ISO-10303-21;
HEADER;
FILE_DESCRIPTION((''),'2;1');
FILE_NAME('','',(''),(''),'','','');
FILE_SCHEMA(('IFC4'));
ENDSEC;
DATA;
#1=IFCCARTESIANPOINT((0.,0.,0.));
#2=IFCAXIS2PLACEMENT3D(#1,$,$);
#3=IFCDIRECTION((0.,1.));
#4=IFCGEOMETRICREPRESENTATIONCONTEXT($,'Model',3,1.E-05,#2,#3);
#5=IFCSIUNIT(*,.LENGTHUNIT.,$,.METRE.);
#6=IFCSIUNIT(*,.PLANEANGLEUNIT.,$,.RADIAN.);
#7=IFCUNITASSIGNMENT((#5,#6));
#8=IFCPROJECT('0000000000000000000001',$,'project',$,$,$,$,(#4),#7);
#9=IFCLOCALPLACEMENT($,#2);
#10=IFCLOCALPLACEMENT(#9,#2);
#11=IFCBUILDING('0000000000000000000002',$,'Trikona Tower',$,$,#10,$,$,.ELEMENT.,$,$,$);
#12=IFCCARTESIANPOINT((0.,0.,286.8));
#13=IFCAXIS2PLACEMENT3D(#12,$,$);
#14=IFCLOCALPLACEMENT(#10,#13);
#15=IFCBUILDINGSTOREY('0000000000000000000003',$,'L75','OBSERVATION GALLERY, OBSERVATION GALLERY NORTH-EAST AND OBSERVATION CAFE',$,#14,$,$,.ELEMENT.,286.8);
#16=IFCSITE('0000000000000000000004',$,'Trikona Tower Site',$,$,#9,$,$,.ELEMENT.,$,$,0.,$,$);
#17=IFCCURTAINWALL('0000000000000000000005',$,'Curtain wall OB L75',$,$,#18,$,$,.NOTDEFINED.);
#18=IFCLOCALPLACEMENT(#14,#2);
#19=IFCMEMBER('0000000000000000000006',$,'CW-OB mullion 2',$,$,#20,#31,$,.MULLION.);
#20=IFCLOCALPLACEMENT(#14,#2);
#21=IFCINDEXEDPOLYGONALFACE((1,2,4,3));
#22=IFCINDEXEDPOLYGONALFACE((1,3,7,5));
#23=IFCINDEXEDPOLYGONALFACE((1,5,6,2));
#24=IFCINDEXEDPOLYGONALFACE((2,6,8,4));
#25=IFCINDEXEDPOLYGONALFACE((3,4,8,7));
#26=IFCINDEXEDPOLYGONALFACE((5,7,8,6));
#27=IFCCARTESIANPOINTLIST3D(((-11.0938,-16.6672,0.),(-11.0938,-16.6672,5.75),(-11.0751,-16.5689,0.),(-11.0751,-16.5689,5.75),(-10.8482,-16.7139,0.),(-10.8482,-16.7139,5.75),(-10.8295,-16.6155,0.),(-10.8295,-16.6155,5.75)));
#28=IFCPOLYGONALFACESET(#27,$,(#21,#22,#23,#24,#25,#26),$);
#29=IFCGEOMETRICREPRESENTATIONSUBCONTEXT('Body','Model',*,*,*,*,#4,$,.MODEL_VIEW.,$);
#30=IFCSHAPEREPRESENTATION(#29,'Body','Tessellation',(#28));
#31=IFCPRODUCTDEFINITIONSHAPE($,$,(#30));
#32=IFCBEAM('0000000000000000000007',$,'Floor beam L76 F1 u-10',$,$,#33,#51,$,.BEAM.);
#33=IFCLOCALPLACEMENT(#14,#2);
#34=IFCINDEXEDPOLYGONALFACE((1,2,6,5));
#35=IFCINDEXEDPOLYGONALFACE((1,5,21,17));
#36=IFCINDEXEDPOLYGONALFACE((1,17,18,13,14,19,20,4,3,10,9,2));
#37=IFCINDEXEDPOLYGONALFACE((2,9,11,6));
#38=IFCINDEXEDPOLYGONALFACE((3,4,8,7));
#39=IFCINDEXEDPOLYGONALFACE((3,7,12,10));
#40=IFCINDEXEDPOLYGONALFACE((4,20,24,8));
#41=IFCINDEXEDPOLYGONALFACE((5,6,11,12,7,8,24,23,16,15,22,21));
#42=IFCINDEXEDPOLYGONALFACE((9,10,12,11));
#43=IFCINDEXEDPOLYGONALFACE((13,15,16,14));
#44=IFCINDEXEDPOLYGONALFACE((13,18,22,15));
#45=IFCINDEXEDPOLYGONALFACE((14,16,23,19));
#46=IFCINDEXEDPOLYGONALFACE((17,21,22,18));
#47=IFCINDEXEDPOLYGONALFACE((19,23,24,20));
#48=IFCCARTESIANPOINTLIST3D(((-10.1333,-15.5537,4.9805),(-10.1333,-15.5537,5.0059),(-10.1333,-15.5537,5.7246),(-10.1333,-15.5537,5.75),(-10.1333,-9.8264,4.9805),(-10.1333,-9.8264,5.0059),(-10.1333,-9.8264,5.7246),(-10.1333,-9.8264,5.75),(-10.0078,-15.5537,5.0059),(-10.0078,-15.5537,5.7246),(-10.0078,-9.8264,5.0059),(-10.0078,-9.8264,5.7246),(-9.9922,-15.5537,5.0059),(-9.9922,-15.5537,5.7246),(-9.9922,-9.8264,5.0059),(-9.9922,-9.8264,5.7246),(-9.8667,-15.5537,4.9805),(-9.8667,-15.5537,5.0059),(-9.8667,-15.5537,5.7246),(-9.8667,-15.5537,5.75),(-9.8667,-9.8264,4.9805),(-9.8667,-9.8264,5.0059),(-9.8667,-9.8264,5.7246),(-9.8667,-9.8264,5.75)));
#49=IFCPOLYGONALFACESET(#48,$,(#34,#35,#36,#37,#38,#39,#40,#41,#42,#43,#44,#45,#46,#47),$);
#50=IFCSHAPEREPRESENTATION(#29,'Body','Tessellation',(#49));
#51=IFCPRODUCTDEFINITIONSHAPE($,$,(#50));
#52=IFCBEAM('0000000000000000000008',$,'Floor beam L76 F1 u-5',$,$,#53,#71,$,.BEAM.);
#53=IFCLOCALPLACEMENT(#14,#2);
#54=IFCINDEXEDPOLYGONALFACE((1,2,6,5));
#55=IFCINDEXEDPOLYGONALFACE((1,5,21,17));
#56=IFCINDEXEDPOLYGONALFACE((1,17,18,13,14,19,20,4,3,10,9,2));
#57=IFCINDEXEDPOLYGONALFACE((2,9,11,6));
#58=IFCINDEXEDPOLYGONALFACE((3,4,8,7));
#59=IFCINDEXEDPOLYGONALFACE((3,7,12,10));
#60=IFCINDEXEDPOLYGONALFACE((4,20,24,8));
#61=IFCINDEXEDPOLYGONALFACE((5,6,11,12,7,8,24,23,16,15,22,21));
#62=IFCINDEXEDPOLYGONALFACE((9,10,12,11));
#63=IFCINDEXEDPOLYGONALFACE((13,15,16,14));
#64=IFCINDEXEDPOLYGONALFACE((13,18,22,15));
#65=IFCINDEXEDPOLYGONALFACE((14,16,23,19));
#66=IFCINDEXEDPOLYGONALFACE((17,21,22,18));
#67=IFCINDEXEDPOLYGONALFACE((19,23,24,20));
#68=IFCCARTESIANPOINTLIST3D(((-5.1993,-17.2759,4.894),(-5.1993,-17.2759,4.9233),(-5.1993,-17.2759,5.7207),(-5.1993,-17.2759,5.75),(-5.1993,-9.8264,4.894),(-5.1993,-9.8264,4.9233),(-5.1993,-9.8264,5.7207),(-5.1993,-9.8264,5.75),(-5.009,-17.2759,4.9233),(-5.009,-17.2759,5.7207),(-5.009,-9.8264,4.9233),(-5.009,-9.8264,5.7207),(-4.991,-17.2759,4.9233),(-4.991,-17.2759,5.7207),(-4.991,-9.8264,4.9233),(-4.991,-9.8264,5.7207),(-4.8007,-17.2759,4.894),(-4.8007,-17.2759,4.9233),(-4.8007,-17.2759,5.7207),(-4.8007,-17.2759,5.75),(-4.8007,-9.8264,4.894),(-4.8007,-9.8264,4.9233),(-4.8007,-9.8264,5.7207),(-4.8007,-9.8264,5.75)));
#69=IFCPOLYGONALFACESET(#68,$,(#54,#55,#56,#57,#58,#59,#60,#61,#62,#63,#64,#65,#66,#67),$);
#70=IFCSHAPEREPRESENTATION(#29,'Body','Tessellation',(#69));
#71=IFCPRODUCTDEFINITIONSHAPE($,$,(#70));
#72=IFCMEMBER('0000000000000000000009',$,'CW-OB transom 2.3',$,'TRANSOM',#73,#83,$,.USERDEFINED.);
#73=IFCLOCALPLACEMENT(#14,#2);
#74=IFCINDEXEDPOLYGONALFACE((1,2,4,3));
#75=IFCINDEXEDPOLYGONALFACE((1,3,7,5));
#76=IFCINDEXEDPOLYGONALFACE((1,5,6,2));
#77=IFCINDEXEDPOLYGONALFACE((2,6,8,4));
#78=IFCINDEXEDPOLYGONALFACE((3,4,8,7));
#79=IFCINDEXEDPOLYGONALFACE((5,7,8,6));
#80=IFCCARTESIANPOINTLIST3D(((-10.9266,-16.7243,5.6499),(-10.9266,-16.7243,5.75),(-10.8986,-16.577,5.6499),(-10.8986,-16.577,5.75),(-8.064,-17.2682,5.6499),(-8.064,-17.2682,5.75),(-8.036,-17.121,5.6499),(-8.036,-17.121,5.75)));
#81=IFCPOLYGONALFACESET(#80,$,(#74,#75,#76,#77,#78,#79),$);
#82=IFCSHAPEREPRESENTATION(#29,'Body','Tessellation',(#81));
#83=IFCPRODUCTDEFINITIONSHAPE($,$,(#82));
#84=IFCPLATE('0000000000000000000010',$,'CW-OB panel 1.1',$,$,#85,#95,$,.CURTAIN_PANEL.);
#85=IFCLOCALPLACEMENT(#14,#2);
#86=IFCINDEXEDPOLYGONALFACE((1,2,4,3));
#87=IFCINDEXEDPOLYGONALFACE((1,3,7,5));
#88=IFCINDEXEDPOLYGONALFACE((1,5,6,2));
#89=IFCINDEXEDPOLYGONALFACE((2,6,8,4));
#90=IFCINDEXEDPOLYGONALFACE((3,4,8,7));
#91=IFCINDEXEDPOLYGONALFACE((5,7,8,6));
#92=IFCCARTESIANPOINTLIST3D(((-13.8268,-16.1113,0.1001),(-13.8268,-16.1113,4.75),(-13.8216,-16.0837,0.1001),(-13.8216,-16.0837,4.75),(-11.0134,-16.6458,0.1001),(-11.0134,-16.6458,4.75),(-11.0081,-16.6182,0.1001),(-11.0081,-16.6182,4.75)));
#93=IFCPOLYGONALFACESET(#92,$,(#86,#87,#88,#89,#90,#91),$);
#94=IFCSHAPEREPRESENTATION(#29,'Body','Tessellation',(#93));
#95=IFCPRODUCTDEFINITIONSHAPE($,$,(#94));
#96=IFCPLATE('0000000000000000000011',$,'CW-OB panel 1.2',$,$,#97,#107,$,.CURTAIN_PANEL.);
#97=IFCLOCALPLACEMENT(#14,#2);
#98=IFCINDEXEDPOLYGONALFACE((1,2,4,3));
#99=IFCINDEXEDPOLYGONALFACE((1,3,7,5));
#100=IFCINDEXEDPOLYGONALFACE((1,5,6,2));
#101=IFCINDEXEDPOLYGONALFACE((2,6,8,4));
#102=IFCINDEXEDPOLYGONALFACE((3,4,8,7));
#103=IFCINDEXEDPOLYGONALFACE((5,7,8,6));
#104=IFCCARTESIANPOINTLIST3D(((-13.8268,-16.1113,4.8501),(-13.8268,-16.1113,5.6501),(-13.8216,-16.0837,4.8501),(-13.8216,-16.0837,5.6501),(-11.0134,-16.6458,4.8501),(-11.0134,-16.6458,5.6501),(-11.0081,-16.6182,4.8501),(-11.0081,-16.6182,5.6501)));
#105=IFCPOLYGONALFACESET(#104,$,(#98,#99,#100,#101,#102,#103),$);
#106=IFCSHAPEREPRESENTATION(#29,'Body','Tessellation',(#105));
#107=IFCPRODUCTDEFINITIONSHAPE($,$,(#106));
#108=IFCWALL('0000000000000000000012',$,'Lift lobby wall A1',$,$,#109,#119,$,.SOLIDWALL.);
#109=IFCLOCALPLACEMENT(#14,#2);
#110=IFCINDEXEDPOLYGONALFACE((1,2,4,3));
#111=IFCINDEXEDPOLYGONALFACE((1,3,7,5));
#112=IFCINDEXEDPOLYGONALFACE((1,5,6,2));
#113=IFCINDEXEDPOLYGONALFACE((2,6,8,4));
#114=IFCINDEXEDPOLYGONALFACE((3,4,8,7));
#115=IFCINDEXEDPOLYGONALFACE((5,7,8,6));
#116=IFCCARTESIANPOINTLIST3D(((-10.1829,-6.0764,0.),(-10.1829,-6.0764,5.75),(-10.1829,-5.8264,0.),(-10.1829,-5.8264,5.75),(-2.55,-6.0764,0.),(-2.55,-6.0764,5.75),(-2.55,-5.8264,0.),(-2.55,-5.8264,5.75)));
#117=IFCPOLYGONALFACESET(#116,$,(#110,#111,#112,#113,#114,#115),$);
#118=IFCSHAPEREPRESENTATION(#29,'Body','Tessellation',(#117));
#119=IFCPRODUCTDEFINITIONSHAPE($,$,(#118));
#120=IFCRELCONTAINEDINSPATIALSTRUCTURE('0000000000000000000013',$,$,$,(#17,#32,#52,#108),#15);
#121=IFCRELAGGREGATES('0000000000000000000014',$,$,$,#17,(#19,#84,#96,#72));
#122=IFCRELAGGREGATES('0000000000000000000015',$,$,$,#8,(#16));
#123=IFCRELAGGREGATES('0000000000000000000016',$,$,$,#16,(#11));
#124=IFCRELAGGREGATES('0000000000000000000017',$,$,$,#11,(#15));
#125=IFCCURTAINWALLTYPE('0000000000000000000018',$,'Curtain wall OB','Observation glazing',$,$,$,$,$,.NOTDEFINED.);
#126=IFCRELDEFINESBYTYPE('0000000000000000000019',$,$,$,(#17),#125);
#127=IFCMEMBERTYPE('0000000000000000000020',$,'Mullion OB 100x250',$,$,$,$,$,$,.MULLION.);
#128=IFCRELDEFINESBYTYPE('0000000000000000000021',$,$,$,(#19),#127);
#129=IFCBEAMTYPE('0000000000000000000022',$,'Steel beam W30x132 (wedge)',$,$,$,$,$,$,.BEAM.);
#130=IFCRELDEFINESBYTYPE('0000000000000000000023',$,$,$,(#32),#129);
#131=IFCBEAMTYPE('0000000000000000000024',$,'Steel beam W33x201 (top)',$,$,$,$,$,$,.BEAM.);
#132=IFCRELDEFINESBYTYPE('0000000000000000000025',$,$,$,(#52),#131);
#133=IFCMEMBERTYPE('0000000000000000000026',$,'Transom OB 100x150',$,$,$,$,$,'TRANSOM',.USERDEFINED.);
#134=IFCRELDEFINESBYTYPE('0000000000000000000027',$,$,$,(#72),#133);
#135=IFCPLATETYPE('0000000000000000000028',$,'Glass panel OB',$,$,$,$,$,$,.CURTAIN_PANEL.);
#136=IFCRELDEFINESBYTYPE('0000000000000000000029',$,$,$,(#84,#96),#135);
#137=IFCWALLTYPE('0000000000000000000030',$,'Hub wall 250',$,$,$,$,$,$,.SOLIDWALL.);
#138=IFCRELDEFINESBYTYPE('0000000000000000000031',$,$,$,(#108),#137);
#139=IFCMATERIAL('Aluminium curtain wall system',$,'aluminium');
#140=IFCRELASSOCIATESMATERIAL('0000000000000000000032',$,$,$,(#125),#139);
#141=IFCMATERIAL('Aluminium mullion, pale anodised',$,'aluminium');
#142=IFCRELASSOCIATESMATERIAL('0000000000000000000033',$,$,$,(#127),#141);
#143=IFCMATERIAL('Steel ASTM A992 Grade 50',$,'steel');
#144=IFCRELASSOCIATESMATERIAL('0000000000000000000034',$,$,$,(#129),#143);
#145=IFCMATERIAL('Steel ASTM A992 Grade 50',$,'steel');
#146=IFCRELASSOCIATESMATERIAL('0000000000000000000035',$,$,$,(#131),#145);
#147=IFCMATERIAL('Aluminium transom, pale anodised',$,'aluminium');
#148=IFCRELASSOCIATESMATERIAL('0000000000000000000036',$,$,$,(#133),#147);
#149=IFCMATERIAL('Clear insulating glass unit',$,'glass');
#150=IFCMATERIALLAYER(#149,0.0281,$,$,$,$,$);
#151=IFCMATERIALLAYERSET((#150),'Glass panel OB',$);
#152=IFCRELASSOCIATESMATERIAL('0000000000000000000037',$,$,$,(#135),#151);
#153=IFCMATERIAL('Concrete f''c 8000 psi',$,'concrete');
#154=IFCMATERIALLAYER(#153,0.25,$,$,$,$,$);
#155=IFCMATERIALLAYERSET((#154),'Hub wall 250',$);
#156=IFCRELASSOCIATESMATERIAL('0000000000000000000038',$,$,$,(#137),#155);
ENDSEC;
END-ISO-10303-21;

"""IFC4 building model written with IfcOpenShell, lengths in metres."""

from ifc_helpers import new_model, si_unit, direction, frame, frame_2d, origin, origin_2d, place, context, subcontext, project, spatial, rectangle, i_section, extrude, material, layer, layer_set, material_profile, profile_set, type_object, element, aggregate, save


model = new_model("IFC4")

# Units and contexts
model_context = context("Model", 3, precision=1e-05, world=origin(), true_north=direction((0.0, 1.0)))
body_context = subcontext(model_context, "Body", "Model", "MODEL_VIEW")
ifc_project = project(units=[si_unit("LENGTHUNIT", "METRE"), si_unit("PLANEANGLEUNIT", "RADIAN")], contexts=[model_context])

# Site, building, storey
site_placement = place(None, origin())
site = spatial("IfcSite", under=ifc_project, at=site_placement, Name="Trikona Tower Site", CompositionType="ELEMENT", RefElevation=0.0)
building_placement = place(site_placement, origin())
building = spatial("IfcBuilding", under=site, at=building_placement, Name="Trikona Tower", CompositionType="ELEMENT")
storey_placement = place(building_placement, frame((0.0, 0.0, 286.8)))
storey = spatial("IfcBuildingStorey", under=building, at=storey_placement, Name="L75", Description="OBSERVATION GALLERY, OBSERVATION GALLERY NORTH-EAST AND OBSERVATION CAFE", CompositionType="ELEMENT", Elevation=286.8)

# Curtain wall, member
ifc_material_1 = material(Name="Aluminium curtain wall system", Category="aluminium")
curtain_wall_type = type_object("IfcCurtainWallType", Name="Curtain wall OB", Description="Observation glazing", PredefinedType="NOTDEFINED", material=ifc_material_1)
curtain_wall_placement = place(storey_placement, origin())
curtain_wall = element("IfcCurtainWall", 1, at=curtain_wall_placement, inside=storey, type_object=curtain_wall_type, Name="Curtain wall OB L75", PredefinedType="NOTDEFINED")
ifc_material_2 = material(Name="Aluminium mullion, pale anodised", Category="aluminium")
ifc_material_profile_1 = material_profile(ifc_material_2, rectangle(XDim=0.1001, YDim=0.25, at=origin_2d()), Name="MUL-OB")
ifc_profile_set_1 = profile_set([ifc_material_profile_1], Name="Aluminium mullion, pale anodised")
member_type_1 = type_object("IfcMemberType", Name="Mullion OB 100x250", PredefinedType="MULLION", material=ifc_profile_set_1)
member_1_placement = place(storey_placement, frame((-10.9617, -16.6414, 0.0), z_axis=(0.0, 0.0, 1.0), x_axis=(0.186661, 0.982424, 0.0)))
member_1 = element("IfcMember", 2, at=member_1_placement, type_object=member_type_1, Name="CW-OB mullion 2", PredefinedType="MULLION", context=body_context, shape_type="SweptSolid", body=[
    extrude(rectangle(XDim=0.1001, YDim=0.25, at=origin_2d()), origin(), (0.0, 0.0, 1.0), 5.75),
])

# Beams
ifc_material_3 = material(Name="Steel ASTM A992 Grade 50", Category="steel")
ifc_material_profile_2 = material_profile(ifc_material_3, i_section(OverallWidth=0.2666, OverallDepth=0.7695, WebThickness=0.0156, FlangeThickness=0.0254, at=origin_2d()), Name="W30X132")
ifc_profile_set_2 = profile_set([ifc_material_profile_2], Name="Steel ASTM A992 Grade 50")
beam_type_1 = type_object("IfcBeamType", Name="Steel beam W30x132 (wedge)", PredefinedType="BEAM", material=ifc_profile_set_2)
beam_1_placement = place(storey_placement, frame((-10.0, -9.8264, 5.3652), z_axis=(0.0, -1.0, 0.0), x_axis=(1.0, 0.0, 0.0)))
element("IfcBeam", 3, at=beam_1_placement, inside=storey, type_object=beam_type_1, Name="Floor beam L76 F1 u-10", PredefinedType="BEAM", context=body_context, shape_type="SweptSolid", body=[
    extrude(i_section(OverallWidth=0.2666, OverallDepth=0.7695, WebThickness=0.0156, FlangeThickness=0.0254, at=origin_2d()), origin(), (0.0, 0.0, 1.0), 5.7273),
])
ifc_material_4 = material(Name="Steel ASTM A992 Grade 50", Category="steel")
ifc_material_profile_3 = material_profile(ifc_material_4, i_section(OverallWidth=0.3987, OverallDepth=0.856, WebThickness=0.0181, FlangeThickness=0.0293, at=origin_2d()), Name="W33X201")
ifc_profile_set_3 = profile_set([ifc_material_profile_3], Name="Steel ASTM A992 Grade 50")
beam_type_2 = type_object("IfcBeamType", Name="Steel beam W33x201 (top)", PredefinedType="BEAM", material=ifc_profile_set_3)
beam_2_placement = place(storey_placement, frame((-5.0, -9.8264, 5.322), z_axis=(0.0, -1.0, 0.0), x_axis=(1.0, 0.0, 0.0)))
element("IfcBeam", 4, at=beam_2_placement, inside=storey, type_object=beam_type_2, Name="Floor beam L76 F1 u-5", PredefinedType="BEAM", context=body_context, shape_type="SweptSolid", body=[
    extrude(i_section(OverallWidth=0.3987, OverallDepth=0.856, WebThickness=0.0181, FlangeThickness=0.0293, at=origin_2d()), origin(), (0.0, 0.0, 1.0), 7.4495),
])

# Member
ifc_material_5 = material(Name="Aluminium transom, pale anodised", Category="aluminium")
ifc_material_profile_4 = material_profile(ifc_material_5, rectangle(XDim=0.1499, YDim=0.1001, at=origin_2d()), Name="TRN-OB")
ifc_profile_set_4 = profile_set([ifc_material_profile_4], Name="Aluminium transom, pale anodised")
member_type_2 = type_object("IfcMemberType", Name="Transom OB 100x150", ElementType="TRANSOM", PredefinedType="USERDEFINED", material=ifc_profile_set_4)
member_2_placement = place(storey_placement, frame((-10.9126, -16.6506, 5.7), z_axis=(0.982421, -0.186681, 0.0), x_axis=(0.186681, 0.982421, 0.0)))
member_2 = element("IfcMember", 5, at=member_2_placement, type_object=member_type_2, Name="CW-OB transom 2.3", ObjectType="TRANSOM", PredefinedType="USERDEFINED", context=body_context, shape_type="SweptSolid", body=[
    extrude(rectangle(XDim=0.1499, YDim=0.1001, at=origin_2d()), origin(), (0.0, 0.0, 1.0), 2.9138),
])

# Plates
ifc_material_6 = material(Name="Clear insulating glass unit", Category="glass")
ifc_layer_1 = layer(ifc_material_6, 0.0281)
ifc_layer_set_1 = layer_set([ifc_layer_1], Name="Glass panel OB")
plate_type = type_object("IfcPlateType", Name="Glass panel OB", PredefinedType="CURTAIN_PANEL", material=ifc_layer_set_1)
plate_1_placement = place(storey_placement, frame((-12.4175, -16.3647, 0.1001), z_axis=(0.0, 0.0, 1.0), x_axis=(0.982424, -0.186661, 0.0)))
plate_1 = element("IfcPlate", 6, at=plate_1_placement, type_object=plate_type, Name="CW-OB panel 1.1", PredefinedType="CURTAIN_PANEL", context=body_context, shape_type="SweptSolid", body=[
    extrude(rectangle(XDim=2.8638, YDim=0.0281, at=origin_2d()), origin(), (0.0, 0.0, 1.0), 4.6499),
])
plate_2_placement = place(storey_placement, frame((-12.4175, -16.3647, 4.8501), z_axis=(0.0, 0.0, 1.0), x_axis=(0.982424, -0.186661, 0.0)))
plate_2 = element("IfcPlate", 7, at=plate_2_placement, type_object=plate_type, Name="CW-OB panel 1.2", PredefinedType="CURTAIN_PANEL", context=body_context, shape_type="SweptSolid", body=[
    extrude(rectangle(XDim=2.8638, YDim=0.0281, at=origin_2d()), origin(), (0.0, 0.0, 1.0), 0.8),
])
aggregate(curtain_wall, [member_1, plate_1, plate_2, member_2])

# Wall
ifc_material_7 = material(Name="Concrete f'c 8000 psi", Category="concrete")
ifc_layer_2 = layer(ifc_material_7, 0.25)
ifc_layer_set_2 = layer_set([ifc_layer_2], Name="Hub wall 250")
wall_type_1 = type_object("IfcWallType", Name="Hub wall 250", PredefinedType="SOLIDWALL", material=ifc_layer_set_2)
wall_1_placement = place(storey_placement, frame((-10.1829, -5.9514, 0.0), z_axis=(0.0, 0.0, 1.0), x_axis=(1.0, 0.0, 0.0)))
element("IfcWall", 8, at=wall_1_placement, inside=storey, type_object=wall_type_1, Name="Lift lobby wall A1", PredefinedType="SOLIDWALL", context=body_context, shape_type="SweptSolid", body=[
    extrude(rectangle(XDim=7.6328, YDim=0.25, at=frame_2d((3.8164, 0.0))), origin(), (0.0, 0.0, 1.0), 5.75),
])

save(model, "model.ifc")
